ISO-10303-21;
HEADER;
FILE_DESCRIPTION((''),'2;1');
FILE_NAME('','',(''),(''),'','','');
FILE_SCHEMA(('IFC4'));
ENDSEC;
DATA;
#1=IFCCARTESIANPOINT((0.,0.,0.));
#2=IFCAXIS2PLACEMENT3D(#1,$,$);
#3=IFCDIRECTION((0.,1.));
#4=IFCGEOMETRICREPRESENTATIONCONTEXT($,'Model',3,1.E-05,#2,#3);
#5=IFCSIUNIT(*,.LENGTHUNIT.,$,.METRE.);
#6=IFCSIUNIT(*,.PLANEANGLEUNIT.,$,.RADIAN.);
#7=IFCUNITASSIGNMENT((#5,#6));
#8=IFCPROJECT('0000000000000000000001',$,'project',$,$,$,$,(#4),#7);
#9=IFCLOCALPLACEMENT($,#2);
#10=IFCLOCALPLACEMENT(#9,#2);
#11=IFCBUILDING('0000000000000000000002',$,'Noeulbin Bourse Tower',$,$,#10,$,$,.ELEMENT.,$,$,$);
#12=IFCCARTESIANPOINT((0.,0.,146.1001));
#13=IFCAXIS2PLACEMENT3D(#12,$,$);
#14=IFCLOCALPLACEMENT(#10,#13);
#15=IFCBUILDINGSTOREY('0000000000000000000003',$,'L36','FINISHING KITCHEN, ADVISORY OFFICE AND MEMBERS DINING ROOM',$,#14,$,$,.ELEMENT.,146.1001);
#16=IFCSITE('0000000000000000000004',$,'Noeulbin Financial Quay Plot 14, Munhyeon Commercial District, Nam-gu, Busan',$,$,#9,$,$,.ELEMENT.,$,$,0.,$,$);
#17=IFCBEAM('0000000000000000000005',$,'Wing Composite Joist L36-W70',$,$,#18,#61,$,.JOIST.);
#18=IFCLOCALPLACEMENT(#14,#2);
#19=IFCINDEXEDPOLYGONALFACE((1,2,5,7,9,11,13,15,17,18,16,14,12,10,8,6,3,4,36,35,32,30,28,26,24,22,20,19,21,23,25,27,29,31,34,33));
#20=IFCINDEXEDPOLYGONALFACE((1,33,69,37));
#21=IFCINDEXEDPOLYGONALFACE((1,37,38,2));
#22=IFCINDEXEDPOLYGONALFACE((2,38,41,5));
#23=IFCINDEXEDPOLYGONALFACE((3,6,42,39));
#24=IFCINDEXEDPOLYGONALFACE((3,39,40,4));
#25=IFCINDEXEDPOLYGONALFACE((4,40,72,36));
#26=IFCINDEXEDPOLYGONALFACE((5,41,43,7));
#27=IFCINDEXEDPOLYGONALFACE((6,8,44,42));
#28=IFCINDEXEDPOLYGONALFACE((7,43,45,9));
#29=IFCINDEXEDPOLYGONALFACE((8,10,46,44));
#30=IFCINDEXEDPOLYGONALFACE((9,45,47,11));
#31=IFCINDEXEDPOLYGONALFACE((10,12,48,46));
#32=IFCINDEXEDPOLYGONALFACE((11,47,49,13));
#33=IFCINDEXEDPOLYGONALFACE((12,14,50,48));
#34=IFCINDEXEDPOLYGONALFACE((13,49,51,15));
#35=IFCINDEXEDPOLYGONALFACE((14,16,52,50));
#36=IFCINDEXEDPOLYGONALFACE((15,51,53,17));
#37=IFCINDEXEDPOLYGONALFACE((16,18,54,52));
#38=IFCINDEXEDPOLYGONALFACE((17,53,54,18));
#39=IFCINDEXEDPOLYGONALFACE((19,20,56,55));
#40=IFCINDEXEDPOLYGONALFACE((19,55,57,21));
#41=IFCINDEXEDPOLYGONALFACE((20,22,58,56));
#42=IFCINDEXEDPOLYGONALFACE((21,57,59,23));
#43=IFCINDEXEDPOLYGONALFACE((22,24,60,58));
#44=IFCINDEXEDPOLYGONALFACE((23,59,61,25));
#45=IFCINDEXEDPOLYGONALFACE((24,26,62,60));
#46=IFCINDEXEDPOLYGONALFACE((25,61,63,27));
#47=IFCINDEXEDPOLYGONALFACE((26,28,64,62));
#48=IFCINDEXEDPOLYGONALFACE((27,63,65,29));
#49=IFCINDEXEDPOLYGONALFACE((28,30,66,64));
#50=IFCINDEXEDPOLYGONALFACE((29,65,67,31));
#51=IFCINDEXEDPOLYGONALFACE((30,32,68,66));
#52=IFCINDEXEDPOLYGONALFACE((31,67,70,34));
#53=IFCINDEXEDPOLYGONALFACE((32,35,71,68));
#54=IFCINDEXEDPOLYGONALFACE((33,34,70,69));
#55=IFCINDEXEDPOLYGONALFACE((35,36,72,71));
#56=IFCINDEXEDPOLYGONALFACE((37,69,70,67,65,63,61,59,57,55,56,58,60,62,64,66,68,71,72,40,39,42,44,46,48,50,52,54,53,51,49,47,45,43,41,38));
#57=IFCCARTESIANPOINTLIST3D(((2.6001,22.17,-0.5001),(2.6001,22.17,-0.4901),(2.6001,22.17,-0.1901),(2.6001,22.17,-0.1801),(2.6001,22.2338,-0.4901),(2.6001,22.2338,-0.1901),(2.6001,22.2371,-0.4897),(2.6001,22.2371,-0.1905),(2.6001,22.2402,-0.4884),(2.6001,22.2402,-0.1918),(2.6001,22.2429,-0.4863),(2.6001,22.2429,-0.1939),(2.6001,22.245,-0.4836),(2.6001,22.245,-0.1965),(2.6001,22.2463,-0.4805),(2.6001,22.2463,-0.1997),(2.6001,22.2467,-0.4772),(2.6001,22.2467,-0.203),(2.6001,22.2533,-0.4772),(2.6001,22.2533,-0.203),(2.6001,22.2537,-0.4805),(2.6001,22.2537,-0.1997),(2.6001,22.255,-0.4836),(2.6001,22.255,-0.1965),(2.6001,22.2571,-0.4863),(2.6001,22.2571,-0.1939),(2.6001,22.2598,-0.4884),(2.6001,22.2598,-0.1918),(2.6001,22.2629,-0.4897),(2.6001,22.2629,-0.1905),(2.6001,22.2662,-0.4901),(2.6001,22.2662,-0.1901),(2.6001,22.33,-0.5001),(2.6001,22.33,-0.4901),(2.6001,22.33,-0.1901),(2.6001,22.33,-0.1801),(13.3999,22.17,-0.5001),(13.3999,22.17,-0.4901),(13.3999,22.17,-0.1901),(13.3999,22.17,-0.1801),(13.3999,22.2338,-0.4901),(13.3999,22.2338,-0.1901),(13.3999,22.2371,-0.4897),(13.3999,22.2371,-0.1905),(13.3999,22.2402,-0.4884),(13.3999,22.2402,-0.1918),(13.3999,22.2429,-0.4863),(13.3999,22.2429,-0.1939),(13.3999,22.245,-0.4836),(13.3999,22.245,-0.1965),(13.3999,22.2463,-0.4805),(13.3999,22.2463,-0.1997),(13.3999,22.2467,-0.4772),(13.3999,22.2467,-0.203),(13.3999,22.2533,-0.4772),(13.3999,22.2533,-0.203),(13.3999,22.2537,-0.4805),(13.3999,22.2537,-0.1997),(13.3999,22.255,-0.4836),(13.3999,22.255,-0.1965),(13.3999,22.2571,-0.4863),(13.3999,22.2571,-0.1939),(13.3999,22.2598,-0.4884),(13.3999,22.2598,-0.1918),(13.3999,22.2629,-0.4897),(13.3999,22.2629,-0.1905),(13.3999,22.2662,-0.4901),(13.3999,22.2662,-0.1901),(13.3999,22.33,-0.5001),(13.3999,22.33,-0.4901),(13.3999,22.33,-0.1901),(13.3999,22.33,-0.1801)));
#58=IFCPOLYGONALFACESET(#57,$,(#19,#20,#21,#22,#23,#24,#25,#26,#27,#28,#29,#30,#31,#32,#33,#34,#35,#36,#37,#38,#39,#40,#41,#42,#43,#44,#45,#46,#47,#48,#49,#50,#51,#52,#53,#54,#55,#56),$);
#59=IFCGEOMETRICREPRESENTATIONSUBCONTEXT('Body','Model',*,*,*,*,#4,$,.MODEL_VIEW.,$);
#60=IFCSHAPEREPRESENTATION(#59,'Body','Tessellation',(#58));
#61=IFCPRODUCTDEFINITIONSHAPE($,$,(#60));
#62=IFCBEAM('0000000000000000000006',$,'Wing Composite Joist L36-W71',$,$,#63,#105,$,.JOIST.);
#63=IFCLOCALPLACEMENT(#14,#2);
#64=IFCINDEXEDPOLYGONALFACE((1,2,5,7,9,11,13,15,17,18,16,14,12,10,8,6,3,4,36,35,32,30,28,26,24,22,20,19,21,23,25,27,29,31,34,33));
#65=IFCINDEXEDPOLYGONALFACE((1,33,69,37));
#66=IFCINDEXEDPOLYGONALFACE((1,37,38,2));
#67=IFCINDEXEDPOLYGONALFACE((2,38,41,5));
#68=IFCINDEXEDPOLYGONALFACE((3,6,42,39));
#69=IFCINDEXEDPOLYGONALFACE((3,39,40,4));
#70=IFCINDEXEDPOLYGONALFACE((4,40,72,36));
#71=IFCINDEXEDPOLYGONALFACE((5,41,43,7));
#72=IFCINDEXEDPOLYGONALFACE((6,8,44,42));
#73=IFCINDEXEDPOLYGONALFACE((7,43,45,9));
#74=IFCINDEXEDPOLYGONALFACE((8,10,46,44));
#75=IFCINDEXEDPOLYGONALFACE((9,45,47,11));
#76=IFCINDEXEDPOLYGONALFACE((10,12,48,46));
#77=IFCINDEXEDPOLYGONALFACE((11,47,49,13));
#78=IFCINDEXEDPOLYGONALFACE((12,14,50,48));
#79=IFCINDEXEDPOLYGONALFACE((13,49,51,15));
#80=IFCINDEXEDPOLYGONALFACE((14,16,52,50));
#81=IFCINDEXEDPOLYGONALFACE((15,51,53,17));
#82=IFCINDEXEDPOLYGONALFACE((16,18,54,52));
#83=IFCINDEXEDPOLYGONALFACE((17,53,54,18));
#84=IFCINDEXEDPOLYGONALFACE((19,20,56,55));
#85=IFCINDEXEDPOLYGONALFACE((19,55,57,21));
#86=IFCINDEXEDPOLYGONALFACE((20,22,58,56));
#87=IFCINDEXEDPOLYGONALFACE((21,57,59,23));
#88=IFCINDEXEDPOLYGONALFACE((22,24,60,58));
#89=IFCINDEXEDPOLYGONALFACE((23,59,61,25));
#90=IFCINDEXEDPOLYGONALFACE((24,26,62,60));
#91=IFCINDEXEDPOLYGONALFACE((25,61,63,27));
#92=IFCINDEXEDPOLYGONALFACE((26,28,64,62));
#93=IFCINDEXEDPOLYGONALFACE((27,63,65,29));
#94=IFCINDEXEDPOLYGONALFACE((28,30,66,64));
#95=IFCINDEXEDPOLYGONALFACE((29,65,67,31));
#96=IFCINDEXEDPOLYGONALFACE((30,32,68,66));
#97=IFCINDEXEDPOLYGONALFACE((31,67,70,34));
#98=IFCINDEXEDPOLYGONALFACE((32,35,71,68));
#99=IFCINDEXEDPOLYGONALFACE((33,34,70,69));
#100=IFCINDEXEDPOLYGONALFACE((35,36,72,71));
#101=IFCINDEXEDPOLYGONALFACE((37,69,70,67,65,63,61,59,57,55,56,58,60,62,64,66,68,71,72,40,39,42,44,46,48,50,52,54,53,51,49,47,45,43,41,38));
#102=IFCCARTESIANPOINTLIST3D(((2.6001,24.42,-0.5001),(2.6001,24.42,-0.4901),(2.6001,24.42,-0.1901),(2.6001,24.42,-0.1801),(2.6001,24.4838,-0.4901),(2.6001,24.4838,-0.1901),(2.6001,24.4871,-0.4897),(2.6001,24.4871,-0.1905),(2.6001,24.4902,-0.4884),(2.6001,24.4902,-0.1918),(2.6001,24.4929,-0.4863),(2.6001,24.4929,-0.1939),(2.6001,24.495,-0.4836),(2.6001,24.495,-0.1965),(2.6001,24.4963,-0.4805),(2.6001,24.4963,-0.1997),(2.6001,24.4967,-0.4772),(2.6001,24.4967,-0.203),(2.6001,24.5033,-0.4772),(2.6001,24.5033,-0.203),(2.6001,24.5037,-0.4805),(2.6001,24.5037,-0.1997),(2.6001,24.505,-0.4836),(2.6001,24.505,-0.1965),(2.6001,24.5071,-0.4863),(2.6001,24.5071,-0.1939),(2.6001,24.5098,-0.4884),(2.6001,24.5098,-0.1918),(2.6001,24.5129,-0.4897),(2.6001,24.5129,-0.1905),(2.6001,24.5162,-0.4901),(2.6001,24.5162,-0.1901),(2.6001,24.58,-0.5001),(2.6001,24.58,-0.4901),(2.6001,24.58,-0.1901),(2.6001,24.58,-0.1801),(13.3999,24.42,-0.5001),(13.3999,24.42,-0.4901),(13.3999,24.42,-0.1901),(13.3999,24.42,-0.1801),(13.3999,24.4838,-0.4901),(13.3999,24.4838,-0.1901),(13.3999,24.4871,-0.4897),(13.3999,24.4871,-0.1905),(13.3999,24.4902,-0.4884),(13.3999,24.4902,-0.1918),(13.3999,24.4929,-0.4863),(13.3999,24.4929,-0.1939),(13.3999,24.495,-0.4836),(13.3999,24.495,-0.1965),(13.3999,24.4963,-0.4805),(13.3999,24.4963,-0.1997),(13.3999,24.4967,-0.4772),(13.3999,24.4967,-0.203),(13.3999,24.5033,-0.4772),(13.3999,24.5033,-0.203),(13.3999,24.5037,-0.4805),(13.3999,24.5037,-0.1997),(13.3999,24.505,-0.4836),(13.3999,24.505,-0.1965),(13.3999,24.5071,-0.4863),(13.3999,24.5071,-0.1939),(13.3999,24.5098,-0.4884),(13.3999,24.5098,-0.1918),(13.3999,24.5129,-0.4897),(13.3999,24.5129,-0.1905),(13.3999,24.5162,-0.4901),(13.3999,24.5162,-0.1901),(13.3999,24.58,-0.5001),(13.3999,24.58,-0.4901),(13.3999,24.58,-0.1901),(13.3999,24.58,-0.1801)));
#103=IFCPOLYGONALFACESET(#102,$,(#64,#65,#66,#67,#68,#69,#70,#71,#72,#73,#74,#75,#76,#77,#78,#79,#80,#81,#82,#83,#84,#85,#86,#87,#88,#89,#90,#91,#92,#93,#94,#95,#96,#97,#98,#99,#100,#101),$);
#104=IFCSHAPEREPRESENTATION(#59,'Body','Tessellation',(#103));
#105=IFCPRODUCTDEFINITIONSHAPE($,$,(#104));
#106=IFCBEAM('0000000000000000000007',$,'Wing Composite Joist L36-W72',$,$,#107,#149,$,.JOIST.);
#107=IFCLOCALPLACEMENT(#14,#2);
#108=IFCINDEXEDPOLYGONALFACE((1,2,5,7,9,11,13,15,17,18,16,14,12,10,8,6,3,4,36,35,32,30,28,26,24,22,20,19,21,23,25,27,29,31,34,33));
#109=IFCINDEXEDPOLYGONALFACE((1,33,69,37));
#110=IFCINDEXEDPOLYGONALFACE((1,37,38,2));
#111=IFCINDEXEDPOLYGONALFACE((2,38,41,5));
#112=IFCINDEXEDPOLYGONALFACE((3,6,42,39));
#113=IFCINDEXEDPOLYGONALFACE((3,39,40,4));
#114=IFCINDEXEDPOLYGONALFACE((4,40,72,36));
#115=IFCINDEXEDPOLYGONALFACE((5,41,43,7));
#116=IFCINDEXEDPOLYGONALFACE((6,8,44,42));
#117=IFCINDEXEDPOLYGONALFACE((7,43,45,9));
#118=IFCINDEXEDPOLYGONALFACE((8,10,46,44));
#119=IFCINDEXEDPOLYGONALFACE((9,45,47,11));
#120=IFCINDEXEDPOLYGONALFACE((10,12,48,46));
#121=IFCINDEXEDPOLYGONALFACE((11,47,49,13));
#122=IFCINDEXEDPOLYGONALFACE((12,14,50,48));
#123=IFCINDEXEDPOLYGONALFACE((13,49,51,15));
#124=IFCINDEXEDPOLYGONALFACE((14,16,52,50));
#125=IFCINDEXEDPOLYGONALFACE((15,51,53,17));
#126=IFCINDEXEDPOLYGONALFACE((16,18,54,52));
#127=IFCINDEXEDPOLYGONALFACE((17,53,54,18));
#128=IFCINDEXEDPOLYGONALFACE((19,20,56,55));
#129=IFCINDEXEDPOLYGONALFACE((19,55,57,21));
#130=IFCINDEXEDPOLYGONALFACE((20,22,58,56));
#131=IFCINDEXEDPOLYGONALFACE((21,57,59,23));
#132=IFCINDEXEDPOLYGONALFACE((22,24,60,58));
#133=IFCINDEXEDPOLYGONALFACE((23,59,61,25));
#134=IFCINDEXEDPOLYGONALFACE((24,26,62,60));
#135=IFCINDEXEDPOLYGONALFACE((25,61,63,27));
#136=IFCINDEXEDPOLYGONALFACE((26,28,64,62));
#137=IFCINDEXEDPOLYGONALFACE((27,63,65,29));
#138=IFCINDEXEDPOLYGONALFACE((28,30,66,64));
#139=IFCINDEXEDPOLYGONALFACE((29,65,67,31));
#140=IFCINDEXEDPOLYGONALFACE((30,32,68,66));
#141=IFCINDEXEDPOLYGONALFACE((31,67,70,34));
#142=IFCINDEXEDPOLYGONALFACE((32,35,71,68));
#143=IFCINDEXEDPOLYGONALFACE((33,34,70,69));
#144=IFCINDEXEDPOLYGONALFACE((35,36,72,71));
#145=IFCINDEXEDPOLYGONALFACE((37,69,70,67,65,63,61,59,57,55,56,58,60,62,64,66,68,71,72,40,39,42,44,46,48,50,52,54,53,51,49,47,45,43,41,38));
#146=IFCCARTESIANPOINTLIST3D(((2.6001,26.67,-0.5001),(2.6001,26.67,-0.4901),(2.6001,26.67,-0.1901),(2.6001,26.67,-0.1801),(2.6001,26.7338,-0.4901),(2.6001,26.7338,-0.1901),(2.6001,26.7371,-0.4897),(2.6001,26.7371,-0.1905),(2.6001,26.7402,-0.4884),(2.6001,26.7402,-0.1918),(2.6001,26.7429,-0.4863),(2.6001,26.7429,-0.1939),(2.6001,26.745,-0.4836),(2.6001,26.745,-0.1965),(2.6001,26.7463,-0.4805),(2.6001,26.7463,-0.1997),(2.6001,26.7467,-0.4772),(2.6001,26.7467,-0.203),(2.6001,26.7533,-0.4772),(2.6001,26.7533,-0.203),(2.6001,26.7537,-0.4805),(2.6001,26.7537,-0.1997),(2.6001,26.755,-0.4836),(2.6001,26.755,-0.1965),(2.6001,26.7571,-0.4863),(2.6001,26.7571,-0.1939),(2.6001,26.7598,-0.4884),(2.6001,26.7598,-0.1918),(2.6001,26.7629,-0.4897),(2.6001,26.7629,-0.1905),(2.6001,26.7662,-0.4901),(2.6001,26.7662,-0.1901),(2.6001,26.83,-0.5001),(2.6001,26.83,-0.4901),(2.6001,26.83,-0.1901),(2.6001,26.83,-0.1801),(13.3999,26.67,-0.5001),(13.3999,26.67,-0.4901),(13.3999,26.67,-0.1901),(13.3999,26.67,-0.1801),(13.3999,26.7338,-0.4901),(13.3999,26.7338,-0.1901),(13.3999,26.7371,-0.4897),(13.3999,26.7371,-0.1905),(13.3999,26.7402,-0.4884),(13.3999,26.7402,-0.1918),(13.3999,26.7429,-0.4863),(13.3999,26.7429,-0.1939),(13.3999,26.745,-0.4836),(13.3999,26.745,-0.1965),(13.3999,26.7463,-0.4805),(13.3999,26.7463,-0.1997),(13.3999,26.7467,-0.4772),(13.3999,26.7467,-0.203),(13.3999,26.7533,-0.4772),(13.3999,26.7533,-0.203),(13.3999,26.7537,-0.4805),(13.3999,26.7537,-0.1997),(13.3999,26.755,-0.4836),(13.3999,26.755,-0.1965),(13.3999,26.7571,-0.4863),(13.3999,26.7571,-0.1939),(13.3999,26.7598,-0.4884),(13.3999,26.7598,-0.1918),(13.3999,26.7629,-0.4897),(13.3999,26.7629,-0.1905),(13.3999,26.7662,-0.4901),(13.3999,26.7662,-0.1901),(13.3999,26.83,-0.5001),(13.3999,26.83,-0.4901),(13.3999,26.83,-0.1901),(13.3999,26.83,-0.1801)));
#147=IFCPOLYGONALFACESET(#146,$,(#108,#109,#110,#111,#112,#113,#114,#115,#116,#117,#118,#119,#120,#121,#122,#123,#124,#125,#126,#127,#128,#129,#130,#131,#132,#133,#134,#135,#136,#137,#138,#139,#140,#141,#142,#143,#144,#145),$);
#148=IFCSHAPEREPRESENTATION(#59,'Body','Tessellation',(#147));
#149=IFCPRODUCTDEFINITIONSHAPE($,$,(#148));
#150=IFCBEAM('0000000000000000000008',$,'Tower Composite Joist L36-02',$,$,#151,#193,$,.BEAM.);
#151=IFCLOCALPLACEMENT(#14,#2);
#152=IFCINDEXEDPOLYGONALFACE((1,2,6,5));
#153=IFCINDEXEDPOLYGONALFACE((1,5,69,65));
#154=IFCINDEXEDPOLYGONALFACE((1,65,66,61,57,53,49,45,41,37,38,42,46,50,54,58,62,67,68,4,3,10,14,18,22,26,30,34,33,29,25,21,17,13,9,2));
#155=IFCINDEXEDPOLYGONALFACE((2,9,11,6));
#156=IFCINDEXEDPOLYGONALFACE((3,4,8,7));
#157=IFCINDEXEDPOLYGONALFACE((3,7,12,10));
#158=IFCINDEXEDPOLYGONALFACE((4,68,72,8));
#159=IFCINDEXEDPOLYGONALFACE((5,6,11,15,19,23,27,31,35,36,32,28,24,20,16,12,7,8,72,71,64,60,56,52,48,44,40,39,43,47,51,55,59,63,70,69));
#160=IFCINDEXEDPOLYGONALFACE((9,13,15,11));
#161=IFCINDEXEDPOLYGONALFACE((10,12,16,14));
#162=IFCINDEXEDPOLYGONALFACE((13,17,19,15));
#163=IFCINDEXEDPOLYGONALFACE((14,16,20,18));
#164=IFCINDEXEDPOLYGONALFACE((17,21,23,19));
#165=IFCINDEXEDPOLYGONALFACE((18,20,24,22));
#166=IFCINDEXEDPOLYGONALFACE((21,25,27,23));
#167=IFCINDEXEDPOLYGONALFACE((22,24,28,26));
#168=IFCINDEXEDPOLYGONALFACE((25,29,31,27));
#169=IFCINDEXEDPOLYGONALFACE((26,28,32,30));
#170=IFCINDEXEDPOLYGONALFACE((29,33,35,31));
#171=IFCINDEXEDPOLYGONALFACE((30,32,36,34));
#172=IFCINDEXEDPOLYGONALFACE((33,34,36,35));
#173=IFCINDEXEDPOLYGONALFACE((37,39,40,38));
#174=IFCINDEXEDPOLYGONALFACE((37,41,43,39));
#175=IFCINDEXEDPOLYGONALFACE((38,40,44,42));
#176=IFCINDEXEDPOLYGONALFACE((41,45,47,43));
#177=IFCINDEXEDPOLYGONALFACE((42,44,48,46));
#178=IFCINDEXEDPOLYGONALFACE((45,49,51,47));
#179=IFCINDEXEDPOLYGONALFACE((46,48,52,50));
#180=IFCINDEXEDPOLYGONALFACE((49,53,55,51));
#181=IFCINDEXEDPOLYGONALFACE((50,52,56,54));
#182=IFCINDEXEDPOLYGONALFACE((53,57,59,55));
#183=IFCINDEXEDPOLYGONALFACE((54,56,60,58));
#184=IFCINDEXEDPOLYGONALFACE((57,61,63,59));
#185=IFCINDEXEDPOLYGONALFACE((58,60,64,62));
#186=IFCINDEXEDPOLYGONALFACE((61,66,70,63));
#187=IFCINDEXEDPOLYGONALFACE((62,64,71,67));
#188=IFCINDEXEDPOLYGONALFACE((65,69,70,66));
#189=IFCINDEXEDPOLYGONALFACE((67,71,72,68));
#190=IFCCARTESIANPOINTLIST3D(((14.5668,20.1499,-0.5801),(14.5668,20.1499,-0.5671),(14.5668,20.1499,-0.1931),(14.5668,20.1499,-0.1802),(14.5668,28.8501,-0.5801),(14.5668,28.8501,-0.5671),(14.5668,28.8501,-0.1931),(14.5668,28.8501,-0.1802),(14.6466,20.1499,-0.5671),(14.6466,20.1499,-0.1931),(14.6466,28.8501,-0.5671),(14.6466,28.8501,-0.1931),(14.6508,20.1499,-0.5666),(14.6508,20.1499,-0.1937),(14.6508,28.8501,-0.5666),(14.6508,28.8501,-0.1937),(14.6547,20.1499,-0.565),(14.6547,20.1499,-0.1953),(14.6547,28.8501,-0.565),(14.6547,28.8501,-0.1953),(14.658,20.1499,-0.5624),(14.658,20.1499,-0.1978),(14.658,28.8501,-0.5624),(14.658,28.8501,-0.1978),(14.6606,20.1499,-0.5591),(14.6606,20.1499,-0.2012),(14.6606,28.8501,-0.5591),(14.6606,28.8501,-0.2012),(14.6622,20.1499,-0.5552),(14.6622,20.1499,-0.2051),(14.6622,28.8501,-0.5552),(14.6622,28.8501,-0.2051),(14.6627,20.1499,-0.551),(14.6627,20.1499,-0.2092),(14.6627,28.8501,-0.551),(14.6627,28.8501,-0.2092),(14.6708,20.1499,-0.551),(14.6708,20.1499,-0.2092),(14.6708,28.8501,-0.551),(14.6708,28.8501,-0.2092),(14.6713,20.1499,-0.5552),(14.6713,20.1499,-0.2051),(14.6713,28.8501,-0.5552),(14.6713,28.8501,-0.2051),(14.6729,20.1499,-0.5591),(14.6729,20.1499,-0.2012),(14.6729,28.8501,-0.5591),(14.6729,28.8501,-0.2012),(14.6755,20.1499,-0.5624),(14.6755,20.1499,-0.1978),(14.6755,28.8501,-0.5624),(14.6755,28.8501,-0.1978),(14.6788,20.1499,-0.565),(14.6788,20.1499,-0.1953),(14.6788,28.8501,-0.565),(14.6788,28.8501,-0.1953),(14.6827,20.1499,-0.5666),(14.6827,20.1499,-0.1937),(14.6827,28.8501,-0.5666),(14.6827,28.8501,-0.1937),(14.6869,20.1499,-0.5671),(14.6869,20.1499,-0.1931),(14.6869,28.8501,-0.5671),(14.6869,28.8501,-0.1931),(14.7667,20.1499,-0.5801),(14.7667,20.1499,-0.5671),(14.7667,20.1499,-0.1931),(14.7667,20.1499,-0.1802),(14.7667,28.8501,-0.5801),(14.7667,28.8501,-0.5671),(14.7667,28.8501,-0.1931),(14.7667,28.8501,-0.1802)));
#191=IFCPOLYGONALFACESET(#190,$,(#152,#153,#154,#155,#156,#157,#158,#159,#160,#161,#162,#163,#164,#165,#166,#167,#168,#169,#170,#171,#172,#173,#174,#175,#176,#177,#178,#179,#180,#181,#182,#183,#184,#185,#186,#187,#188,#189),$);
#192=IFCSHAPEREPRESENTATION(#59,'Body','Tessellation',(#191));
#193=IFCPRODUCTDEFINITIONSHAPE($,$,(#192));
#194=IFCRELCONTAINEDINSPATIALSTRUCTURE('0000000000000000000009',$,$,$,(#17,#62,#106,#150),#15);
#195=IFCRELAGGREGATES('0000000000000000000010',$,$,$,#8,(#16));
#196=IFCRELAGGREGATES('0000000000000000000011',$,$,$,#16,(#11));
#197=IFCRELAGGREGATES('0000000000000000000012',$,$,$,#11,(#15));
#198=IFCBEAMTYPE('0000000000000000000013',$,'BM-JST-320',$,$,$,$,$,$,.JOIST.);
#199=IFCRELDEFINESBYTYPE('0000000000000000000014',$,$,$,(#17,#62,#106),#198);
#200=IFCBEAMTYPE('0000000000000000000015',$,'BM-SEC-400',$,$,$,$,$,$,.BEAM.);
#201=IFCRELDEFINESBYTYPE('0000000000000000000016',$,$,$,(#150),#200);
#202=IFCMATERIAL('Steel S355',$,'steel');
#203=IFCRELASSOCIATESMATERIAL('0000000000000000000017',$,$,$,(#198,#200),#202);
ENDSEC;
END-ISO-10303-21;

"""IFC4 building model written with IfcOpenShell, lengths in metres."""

from ifc_helpers import new_model, si_unit, direction, frame, origin, origin_2d, place, context, subcontext, project, spatial, i_section, extrude, material, material_profile, profile_set, type_object, element, save


model = new_model("IFC4")

# Units and contexts
model_context = context("Model", 3, precision=1e-05, world=origin(), true_north=direction((0.0, 1.0)))
body_context = subcontext(model_context, "Body", "Model", "MODEL_VIEW")
ifc_project = project(units=[si_unit("LENGTHUNIT", "METRE"), si_unit("PLANEANGLEUNIT", "RADIAN")], contexts=[model_context])

# Site, building, storey
site_placement = place(None, origin())
site = spatial("IfcSite", under=ifc_project, at=site_placement, Name="Noeulbin Financial Quay Plot 14, Munhyeon Commercial District, Nam-gu, Busan", CompositionType="ELEMENT", RefElevation=0.0)
building_placement = place(site_placement, origin())
building = spatial("IfcBuilding", under=site, at=building_placement, Name="Noeulbin Bourse Tower", CompositionType="ELEMENT")
storey_placement = place(building_placement, frame((0.0, 0.0, 146.1001)))
storey = spatial("IfcBuildingStorey", under=building, at=storey_placement, Name="L36", Description="FINISHING KITCHEN, ADVISORY OFFICE AND MEMBERS DINING ROOM", CompositionType="ELEMENT", Elevation=146.1001)

# Beams
ifc_material_1 = material(Name="Steel S355", Category="steel")
ifc_material_profile_1 = material_profile(ifc_material_1, i_section(OverallWidth=0.1599, OverallDepth=0.3201, WebThickness=0.0066, FlangeThickness=0.01, FilletRadius=0.0129, at=origin_2d()), Name="H-320x160x6.5x10", Category="LoadBearing")
ifc_profile_set_1 = profile_set([ifc_material_profile_1], Name="Steel S355")
beam_type_1 = type_object("IfcBeamType", Name="BM-JST-320", PredefinedType="JOIST", material=ifc_profile_set_1)
for number, where, z_axis, x_axis, name in (
    (1, (2.6001, 22.25, -0.3401), (1.0, 0.0, 0.0), (0.0, 1.0, 0.0), "Wing Composite Joist L36-W70"),
    (2, (2.6001, 24.5, -0.3401), (1.0, 0.0, 0.0), (0.0, 1.0, 0.0), "Wing Composite Joist L36-W71"),
    (3, (2.6001, 26.75, -0.3401), (1.0, 0.0, 0.0), (0.0, 1.0, 0.0), "Wing Composite Joist L36-W72"),
):
    element("IfcBeam", number, at=place(storey_placement, frame(where, z_axis=z_axis, x_axis=x_axis)), inside=storey, type_object=beam_type_1, Name=name, PredefinedType="JOIST", context=body_context, shape_type="SweptSolid", body=[
        extrude(i_section(OverallWidth=0.1599, OverallDepth=0.3201, WebThickness=0.0066, FlangeThickness=0.01, FilletRadius=0.0129, at=origin_2d()), origin(), (0.0, 0.0, 1.0), 10.7998),
    ])
ifc_material_profile_2 = material_profile(ifc_material_1, i_section(OverallWidth=0.2, OverallDepth=0.3999, WebThickness=0.0081, FlangeThickness=0.0129, FilletRadius=0.0161, at=origin_2d()), Name="H-400x200x8x13", Category="LoadBearing")
ifc_profile_set_2 = profile_set([ifc_material_profile_2], Name="Steel S355")
beam_type_2 = type_object("IfcBeamType", Name="BM-SEC-400", PredefinedType="BEAM", material=ifc_profile_set_2)
for number, where, z_axis, x_axis, name in (
    (4, (14.6667, 20.1499, -0.3801), (0.0, 1.0, 0.0), (-1.0, 0.0, 0.0), "Tower Composite Joist L36-02"),
):
    element("IfcBeam", number, at=place(storey_placement, frame(where, z_axis=z_axis, x_axis=x_axis)), inside=storey, type_object=beam_type_2, Name=name, PredefinedType="BEAM", context=body_context, shape_type="SweptSolid", body=[
        extrude(i_section(OverallWidth=0.2, OverallDepth=0.3999, WebThickness=0.0081, FlangeThickness=0.0129, FilletRadius=0.0161, at=origin_2d()), origin(), (0.0, 0.0, 1.0), 8.7002),
    ])

save(model, "model.ifc")
